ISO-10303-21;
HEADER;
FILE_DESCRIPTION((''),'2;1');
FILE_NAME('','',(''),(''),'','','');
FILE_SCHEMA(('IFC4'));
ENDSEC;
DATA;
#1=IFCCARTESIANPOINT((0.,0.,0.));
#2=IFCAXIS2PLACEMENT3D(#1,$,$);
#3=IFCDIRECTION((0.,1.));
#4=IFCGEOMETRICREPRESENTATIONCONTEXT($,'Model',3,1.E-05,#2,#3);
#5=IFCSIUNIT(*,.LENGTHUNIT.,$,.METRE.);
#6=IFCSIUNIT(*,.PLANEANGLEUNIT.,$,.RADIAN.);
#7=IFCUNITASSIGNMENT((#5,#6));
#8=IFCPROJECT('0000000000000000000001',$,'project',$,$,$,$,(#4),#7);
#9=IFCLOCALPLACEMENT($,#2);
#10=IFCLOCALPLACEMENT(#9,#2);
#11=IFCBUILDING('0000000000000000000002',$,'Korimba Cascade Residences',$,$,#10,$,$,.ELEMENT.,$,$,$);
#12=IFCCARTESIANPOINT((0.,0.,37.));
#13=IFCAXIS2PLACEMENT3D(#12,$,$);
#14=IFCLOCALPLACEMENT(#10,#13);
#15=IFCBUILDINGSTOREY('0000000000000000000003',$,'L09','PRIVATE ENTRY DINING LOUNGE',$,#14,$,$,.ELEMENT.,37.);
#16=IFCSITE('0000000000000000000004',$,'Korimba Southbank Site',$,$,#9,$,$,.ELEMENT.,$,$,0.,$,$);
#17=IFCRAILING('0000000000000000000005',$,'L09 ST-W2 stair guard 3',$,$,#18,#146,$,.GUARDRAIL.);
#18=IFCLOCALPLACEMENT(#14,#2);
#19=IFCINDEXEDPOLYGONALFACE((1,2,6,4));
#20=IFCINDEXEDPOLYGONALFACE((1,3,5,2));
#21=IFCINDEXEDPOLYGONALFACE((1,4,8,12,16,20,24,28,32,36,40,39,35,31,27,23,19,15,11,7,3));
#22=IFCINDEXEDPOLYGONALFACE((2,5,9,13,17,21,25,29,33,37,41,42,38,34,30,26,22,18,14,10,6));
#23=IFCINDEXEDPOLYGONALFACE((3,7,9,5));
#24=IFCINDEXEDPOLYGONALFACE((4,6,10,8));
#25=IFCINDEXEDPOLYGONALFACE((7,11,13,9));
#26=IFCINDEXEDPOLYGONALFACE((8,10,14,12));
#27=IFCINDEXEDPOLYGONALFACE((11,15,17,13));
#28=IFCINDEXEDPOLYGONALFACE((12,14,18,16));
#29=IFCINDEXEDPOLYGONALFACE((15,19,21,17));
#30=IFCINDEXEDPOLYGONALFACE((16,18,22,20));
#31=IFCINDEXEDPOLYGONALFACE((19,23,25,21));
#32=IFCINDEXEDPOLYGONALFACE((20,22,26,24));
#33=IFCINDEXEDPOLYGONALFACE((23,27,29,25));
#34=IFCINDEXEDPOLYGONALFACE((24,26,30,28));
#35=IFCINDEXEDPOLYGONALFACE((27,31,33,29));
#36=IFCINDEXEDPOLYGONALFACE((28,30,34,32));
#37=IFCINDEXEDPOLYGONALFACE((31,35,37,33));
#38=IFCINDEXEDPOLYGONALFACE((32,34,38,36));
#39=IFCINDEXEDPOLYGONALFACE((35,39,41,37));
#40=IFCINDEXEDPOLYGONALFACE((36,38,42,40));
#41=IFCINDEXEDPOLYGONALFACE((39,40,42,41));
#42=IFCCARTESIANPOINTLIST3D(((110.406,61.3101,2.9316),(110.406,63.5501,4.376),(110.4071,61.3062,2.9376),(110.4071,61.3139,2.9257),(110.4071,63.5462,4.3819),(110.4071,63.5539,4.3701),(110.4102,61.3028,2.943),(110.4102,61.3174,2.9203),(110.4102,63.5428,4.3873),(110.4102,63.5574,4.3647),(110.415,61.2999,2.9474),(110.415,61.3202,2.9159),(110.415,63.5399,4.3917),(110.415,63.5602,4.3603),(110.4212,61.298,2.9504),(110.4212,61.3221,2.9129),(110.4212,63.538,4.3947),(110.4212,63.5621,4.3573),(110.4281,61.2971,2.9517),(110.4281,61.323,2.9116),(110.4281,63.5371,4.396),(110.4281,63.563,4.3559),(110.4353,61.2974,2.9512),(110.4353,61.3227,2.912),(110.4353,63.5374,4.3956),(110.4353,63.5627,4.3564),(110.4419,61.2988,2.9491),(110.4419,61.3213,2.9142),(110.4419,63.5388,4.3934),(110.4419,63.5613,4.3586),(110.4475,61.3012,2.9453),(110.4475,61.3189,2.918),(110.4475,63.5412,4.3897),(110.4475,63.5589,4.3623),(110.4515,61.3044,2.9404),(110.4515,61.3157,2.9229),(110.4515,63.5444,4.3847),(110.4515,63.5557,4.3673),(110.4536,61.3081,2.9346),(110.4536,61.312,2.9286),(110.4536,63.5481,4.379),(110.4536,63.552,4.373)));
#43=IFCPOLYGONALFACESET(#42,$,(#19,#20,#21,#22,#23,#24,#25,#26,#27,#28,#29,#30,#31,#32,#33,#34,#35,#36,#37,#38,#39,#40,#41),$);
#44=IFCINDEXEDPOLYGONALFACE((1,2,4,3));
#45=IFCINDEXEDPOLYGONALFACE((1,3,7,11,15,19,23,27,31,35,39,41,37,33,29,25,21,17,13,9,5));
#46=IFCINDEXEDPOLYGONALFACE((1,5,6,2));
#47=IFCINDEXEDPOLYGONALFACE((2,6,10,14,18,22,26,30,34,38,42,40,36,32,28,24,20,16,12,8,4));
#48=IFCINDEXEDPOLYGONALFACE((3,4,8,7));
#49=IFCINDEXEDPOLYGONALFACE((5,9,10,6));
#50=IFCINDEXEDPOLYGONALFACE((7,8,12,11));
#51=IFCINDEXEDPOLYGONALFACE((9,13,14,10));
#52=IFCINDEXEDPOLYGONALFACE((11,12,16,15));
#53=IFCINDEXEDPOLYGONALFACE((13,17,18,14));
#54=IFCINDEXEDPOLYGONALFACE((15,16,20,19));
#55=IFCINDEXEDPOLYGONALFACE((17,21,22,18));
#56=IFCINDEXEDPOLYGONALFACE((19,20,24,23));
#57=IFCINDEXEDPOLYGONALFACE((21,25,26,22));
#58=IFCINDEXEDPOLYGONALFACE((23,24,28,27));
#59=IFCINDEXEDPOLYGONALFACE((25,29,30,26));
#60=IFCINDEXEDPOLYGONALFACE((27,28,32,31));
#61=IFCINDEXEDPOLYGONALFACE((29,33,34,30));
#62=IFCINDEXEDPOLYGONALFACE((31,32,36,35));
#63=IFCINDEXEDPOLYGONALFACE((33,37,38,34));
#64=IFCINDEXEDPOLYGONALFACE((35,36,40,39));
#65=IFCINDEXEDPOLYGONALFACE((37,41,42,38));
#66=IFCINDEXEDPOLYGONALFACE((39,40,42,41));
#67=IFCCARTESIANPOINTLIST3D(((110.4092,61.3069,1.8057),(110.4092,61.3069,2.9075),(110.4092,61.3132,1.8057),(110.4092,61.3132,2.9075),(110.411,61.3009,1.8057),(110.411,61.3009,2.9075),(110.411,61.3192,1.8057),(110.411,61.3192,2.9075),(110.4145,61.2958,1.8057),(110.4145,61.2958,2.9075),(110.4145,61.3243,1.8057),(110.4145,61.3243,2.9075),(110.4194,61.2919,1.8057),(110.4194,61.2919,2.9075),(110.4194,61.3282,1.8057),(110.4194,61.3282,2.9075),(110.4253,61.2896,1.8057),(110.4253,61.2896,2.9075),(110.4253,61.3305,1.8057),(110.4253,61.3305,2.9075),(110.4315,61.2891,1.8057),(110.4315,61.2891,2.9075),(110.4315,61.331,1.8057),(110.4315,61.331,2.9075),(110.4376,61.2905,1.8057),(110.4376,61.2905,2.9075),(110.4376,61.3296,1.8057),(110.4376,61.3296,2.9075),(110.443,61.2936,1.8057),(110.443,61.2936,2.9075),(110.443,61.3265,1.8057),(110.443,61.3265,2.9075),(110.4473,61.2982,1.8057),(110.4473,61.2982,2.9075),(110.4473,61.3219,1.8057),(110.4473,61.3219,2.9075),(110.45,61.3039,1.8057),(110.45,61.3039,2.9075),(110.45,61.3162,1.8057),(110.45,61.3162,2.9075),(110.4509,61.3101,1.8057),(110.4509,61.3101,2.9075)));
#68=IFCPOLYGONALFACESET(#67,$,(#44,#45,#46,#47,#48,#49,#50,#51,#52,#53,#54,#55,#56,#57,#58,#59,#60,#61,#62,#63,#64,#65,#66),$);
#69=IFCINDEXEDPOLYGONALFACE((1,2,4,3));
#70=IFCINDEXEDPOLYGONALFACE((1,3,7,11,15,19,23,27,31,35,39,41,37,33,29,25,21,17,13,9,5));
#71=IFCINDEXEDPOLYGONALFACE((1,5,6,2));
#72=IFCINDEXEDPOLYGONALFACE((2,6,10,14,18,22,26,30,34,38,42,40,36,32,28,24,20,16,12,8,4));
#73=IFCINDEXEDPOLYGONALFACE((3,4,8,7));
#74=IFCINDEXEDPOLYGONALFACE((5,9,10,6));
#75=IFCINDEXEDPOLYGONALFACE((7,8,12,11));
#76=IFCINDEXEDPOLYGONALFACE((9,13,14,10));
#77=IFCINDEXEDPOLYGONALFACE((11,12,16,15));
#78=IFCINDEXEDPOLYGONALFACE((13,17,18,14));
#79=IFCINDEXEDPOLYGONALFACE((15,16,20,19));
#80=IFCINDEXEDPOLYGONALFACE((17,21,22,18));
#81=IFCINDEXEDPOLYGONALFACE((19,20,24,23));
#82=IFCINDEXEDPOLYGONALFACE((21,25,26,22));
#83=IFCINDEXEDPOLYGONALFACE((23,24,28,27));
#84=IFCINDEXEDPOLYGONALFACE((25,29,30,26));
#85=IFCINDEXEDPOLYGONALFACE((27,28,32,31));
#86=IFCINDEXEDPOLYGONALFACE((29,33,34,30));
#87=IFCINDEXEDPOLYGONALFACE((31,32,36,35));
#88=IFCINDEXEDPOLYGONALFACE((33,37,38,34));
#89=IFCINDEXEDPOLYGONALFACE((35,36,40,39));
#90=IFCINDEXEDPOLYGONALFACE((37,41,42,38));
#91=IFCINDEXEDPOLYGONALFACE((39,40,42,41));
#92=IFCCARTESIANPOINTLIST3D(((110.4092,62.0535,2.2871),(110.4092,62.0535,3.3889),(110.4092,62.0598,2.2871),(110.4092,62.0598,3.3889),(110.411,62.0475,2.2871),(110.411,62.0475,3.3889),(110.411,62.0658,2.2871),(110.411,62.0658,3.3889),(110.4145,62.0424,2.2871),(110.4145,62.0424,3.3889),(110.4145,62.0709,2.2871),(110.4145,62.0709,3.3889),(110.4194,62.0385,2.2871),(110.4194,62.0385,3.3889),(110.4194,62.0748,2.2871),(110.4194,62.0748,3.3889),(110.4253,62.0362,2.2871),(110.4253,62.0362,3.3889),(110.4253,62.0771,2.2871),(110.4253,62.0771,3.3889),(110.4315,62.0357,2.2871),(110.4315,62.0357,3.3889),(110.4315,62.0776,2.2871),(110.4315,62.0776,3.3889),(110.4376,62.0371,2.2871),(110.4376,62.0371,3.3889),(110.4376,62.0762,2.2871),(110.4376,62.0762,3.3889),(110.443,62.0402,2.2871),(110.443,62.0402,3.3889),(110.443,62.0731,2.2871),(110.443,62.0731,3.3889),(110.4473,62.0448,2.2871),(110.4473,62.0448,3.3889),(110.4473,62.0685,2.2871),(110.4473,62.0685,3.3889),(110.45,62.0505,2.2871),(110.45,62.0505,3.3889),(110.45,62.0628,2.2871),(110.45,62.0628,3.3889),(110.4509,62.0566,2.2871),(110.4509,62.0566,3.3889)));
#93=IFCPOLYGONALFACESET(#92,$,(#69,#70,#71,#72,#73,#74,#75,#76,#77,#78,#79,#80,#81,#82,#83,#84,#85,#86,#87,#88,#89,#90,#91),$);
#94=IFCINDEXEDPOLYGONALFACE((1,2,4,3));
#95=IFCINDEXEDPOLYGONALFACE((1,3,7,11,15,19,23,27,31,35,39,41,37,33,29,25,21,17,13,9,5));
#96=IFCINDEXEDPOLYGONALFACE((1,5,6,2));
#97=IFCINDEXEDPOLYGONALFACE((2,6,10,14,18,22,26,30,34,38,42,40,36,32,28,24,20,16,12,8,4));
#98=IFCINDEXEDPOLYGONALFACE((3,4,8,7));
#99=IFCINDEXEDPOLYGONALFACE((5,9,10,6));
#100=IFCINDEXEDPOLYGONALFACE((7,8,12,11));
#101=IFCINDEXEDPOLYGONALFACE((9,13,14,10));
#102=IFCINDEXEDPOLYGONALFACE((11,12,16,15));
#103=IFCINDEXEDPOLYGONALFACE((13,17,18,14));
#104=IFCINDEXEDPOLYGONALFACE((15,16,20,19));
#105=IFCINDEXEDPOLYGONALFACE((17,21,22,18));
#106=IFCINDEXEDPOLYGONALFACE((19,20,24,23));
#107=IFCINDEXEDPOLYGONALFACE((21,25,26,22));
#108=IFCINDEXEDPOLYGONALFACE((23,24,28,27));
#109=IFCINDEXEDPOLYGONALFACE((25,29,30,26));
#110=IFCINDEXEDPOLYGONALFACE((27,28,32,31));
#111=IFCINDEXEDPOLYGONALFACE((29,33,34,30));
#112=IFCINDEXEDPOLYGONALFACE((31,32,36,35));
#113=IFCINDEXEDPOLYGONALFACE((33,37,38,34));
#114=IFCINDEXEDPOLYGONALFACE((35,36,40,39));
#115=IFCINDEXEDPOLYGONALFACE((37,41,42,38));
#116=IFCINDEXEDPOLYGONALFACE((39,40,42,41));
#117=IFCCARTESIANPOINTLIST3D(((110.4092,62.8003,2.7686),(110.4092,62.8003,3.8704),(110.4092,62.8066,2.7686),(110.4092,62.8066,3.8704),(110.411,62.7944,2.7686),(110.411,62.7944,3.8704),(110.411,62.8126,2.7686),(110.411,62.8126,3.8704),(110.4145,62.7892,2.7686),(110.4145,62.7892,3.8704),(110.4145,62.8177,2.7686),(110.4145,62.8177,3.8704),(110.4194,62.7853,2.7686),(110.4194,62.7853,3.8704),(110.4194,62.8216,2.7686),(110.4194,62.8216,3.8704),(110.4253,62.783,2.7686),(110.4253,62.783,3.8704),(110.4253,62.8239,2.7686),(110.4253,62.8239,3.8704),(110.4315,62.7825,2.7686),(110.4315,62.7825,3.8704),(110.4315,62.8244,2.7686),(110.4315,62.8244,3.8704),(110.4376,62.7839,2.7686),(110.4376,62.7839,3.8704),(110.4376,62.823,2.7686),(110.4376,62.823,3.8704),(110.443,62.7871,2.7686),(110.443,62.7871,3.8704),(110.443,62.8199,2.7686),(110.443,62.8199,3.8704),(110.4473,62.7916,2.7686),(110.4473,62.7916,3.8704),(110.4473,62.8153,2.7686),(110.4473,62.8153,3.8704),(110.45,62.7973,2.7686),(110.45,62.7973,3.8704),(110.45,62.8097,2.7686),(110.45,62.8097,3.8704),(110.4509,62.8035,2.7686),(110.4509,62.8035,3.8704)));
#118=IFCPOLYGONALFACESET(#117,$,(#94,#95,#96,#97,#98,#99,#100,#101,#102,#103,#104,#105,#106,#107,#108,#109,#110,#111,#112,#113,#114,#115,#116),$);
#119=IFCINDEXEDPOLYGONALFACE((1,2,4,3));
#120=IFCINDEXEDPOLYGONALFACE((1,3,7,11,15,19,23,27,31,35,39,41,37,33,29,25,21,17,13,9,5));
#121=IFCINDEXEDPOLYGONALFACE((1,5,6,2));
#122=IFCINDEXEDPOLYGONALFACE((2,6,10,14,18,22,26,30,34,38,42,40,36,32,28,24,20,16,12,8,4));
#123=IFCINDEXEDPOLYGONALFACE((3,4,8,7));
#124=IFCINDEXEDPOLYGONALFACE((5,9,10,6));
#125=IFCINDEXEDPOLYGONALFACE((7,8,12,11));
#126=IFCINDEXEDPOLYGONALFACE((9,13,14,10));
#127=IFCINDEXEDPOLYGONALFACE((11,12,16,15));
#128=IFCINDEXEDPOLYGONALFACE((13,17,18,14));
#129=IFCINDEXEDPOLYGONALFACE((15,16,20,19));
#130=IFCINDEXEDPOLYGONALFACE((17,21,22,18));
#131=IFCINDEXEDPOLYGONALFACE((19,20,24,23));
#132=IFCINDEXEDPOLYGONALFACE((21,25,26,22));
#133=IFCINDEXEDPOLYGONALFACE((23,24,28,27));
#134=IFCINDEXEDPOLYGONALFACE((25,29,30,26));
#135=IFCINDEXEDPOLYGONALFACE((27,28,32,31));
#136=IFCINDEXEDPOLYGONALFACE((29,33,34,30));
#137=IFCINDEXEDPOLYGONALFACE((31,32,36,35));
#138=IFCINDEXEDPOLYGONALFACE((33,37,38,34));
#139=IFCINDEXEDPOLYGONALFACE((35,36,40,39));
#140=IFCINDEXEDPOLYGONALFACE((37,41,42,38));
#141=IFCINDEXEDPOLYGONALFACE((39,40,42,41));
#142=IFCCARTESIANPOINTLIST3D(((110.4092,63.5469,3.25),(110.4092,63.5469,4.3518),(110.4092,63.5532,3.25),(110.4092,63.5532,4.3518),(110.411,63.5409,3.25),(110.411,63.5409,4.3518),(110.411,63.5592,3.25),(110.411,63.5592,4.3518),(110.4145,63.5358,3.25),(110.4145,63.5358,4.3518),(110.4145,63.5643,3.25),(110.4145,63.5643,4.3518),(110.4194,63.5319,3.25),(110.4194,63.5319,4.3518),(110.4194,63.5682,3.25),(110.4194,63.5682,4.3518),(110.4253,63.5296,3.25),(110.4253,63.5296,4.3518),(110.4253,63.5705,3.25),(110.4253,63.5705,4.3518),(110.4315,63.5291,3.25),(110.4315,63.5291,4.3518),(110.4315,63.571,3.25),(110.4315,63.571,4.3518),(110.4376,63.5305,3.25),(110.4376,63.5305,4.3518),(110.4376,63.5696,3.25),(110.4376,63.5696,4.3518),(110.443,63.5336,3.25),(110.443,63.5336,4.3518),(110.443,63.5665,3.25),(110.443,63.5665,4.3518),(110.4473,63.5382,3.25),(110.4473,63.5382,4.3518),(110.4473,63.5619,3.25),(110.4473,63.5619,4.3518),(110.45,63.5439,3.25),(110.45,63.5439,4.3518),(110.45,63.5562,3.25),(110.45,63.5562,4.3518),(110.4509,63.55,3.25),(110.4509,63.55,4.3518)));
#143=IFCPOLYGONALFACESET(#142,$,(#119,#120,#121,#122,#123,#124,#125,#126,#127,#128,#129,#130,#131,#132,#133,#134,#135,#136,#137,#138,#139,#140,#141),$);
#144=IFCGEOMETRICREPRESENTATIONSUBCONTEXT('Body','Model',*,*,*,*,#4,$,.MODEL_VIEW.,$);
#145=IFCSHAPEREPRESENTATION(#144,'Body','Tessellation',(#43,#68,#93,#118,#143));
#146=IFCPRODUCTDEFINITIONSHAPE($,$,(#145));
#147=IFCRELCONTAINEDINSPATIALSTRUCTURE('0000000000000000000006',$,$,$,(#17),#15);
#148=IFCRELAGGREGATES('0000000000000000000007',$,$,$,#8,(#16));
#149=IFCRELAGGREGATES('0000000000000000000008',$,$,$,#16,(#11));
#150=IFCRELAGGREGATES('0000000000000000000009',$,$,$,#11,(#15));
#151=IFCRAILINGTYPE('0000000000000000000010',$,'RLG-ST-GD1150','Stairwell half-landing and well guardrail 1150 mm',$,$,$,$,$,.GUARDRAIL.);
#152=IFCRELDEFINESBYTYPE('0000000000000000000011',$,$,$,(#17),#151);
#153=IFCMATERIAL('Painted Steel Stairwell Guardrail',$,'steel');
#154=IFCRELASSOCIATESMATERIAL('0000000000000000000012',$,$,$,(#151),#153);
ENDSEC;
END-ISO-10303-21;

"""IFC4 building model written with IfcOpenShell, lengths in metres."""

from ifc_helpers import new_model, si_unit, direction, frame, origin, origin_2d, place, context, subcontext, project, spatial, circle, extrude, material, type_object, element, save


model = new_model("IFC4")

# Units and contexts
model_context = context("Model", 3, precision=1e-05, world=origin(), true_north=direction((0.0, 1.0)))
body_context = subcontext(model_context, "Body", "Model", "MODEL_VIEW")
ifc_project = project(units=[si_unit("LENGTHUNIT", "METRE"), si_unit("PLANEANGLEUNIT", "RADIAN")], contexts=[model_context])

# Site, building, storey
site_placement = place(None, origin())
site = spatial("IfcSite", under=ifc_project, at=site_placement, Name="Korimba Southbank Site", CompositionType="ELEMENT", RefElevation=0.0)
building_placement = place(site_placement, origin())
building = spatial("IfcBuilding", under=site, at=building_placement, Name="Korimba Cascade Residences", CompositionType="ELEMENT")
storey_placement = place(building_placement, frame((0.0, 0.0, 37.0)))
storey = spatial("IfcBuildingStorey", under=building, at=storey_placement, Name="L09", Description="PRIVATE ENTRY DINING LOUNGE", CompositionType="ELEMENT", Elevation=37.0)

# Railing
ifc_material_1 = material(Name="Painted Steel Stairwell Guardrail", Category="steel")
railing_type_1 = type_object("IfcRailingType", Name="RLG-ST-GD1150", Description="Stairwell half-landing and well guardrail 1150 mm", PredefinedType="GUARDRAIL", material=ifc_material_1)
railing_1_placement = place(storey_placement, frame((110.4299, 61.3101, 1.8057)))
element("IfcRailing", 1, at=railing_1_placement, inside=storey, type_object=railing_type_1, Name="L09 ST-W2 stair guard 3", PredefinedType="GUARDRAIL", context=body_context, shape_type="SweptSolid", body=[
    extrude(circle(Radius=0.0239, at=origin_2d()), frame((0.0, 0.0, 1.126), z_axis=(0.0, 0.840437, 0.54191), x_axis=(-1.0, 0.0, 0.0)), (0.0, 0.0, 1.0), 2.6653),
    extrude(circle(Radius=0.021, at=origin_2d()), origin(), (0.0, 0.0, 1.0), 1.1018),
    extrude(circle(Radius=0.021, at=origin_2d()), frame((0.0, 0.7466, 0.4814)), (0.0, 0.0, 1.0), 1.1018),
    extrude(circle(Radius=0.021, at=origin_2d()), frame((0.0, 1.4934, 0.9629)), (0.0, 0.0, 1.0), 1.1018),
    extrude(circle(Radius=0.021, at=origin_2d()), frame((0.0, 2.24, 1.4443)), (0.0, 0.0, 1.0), 1.1018),
])

save(model, "model.ifc")
